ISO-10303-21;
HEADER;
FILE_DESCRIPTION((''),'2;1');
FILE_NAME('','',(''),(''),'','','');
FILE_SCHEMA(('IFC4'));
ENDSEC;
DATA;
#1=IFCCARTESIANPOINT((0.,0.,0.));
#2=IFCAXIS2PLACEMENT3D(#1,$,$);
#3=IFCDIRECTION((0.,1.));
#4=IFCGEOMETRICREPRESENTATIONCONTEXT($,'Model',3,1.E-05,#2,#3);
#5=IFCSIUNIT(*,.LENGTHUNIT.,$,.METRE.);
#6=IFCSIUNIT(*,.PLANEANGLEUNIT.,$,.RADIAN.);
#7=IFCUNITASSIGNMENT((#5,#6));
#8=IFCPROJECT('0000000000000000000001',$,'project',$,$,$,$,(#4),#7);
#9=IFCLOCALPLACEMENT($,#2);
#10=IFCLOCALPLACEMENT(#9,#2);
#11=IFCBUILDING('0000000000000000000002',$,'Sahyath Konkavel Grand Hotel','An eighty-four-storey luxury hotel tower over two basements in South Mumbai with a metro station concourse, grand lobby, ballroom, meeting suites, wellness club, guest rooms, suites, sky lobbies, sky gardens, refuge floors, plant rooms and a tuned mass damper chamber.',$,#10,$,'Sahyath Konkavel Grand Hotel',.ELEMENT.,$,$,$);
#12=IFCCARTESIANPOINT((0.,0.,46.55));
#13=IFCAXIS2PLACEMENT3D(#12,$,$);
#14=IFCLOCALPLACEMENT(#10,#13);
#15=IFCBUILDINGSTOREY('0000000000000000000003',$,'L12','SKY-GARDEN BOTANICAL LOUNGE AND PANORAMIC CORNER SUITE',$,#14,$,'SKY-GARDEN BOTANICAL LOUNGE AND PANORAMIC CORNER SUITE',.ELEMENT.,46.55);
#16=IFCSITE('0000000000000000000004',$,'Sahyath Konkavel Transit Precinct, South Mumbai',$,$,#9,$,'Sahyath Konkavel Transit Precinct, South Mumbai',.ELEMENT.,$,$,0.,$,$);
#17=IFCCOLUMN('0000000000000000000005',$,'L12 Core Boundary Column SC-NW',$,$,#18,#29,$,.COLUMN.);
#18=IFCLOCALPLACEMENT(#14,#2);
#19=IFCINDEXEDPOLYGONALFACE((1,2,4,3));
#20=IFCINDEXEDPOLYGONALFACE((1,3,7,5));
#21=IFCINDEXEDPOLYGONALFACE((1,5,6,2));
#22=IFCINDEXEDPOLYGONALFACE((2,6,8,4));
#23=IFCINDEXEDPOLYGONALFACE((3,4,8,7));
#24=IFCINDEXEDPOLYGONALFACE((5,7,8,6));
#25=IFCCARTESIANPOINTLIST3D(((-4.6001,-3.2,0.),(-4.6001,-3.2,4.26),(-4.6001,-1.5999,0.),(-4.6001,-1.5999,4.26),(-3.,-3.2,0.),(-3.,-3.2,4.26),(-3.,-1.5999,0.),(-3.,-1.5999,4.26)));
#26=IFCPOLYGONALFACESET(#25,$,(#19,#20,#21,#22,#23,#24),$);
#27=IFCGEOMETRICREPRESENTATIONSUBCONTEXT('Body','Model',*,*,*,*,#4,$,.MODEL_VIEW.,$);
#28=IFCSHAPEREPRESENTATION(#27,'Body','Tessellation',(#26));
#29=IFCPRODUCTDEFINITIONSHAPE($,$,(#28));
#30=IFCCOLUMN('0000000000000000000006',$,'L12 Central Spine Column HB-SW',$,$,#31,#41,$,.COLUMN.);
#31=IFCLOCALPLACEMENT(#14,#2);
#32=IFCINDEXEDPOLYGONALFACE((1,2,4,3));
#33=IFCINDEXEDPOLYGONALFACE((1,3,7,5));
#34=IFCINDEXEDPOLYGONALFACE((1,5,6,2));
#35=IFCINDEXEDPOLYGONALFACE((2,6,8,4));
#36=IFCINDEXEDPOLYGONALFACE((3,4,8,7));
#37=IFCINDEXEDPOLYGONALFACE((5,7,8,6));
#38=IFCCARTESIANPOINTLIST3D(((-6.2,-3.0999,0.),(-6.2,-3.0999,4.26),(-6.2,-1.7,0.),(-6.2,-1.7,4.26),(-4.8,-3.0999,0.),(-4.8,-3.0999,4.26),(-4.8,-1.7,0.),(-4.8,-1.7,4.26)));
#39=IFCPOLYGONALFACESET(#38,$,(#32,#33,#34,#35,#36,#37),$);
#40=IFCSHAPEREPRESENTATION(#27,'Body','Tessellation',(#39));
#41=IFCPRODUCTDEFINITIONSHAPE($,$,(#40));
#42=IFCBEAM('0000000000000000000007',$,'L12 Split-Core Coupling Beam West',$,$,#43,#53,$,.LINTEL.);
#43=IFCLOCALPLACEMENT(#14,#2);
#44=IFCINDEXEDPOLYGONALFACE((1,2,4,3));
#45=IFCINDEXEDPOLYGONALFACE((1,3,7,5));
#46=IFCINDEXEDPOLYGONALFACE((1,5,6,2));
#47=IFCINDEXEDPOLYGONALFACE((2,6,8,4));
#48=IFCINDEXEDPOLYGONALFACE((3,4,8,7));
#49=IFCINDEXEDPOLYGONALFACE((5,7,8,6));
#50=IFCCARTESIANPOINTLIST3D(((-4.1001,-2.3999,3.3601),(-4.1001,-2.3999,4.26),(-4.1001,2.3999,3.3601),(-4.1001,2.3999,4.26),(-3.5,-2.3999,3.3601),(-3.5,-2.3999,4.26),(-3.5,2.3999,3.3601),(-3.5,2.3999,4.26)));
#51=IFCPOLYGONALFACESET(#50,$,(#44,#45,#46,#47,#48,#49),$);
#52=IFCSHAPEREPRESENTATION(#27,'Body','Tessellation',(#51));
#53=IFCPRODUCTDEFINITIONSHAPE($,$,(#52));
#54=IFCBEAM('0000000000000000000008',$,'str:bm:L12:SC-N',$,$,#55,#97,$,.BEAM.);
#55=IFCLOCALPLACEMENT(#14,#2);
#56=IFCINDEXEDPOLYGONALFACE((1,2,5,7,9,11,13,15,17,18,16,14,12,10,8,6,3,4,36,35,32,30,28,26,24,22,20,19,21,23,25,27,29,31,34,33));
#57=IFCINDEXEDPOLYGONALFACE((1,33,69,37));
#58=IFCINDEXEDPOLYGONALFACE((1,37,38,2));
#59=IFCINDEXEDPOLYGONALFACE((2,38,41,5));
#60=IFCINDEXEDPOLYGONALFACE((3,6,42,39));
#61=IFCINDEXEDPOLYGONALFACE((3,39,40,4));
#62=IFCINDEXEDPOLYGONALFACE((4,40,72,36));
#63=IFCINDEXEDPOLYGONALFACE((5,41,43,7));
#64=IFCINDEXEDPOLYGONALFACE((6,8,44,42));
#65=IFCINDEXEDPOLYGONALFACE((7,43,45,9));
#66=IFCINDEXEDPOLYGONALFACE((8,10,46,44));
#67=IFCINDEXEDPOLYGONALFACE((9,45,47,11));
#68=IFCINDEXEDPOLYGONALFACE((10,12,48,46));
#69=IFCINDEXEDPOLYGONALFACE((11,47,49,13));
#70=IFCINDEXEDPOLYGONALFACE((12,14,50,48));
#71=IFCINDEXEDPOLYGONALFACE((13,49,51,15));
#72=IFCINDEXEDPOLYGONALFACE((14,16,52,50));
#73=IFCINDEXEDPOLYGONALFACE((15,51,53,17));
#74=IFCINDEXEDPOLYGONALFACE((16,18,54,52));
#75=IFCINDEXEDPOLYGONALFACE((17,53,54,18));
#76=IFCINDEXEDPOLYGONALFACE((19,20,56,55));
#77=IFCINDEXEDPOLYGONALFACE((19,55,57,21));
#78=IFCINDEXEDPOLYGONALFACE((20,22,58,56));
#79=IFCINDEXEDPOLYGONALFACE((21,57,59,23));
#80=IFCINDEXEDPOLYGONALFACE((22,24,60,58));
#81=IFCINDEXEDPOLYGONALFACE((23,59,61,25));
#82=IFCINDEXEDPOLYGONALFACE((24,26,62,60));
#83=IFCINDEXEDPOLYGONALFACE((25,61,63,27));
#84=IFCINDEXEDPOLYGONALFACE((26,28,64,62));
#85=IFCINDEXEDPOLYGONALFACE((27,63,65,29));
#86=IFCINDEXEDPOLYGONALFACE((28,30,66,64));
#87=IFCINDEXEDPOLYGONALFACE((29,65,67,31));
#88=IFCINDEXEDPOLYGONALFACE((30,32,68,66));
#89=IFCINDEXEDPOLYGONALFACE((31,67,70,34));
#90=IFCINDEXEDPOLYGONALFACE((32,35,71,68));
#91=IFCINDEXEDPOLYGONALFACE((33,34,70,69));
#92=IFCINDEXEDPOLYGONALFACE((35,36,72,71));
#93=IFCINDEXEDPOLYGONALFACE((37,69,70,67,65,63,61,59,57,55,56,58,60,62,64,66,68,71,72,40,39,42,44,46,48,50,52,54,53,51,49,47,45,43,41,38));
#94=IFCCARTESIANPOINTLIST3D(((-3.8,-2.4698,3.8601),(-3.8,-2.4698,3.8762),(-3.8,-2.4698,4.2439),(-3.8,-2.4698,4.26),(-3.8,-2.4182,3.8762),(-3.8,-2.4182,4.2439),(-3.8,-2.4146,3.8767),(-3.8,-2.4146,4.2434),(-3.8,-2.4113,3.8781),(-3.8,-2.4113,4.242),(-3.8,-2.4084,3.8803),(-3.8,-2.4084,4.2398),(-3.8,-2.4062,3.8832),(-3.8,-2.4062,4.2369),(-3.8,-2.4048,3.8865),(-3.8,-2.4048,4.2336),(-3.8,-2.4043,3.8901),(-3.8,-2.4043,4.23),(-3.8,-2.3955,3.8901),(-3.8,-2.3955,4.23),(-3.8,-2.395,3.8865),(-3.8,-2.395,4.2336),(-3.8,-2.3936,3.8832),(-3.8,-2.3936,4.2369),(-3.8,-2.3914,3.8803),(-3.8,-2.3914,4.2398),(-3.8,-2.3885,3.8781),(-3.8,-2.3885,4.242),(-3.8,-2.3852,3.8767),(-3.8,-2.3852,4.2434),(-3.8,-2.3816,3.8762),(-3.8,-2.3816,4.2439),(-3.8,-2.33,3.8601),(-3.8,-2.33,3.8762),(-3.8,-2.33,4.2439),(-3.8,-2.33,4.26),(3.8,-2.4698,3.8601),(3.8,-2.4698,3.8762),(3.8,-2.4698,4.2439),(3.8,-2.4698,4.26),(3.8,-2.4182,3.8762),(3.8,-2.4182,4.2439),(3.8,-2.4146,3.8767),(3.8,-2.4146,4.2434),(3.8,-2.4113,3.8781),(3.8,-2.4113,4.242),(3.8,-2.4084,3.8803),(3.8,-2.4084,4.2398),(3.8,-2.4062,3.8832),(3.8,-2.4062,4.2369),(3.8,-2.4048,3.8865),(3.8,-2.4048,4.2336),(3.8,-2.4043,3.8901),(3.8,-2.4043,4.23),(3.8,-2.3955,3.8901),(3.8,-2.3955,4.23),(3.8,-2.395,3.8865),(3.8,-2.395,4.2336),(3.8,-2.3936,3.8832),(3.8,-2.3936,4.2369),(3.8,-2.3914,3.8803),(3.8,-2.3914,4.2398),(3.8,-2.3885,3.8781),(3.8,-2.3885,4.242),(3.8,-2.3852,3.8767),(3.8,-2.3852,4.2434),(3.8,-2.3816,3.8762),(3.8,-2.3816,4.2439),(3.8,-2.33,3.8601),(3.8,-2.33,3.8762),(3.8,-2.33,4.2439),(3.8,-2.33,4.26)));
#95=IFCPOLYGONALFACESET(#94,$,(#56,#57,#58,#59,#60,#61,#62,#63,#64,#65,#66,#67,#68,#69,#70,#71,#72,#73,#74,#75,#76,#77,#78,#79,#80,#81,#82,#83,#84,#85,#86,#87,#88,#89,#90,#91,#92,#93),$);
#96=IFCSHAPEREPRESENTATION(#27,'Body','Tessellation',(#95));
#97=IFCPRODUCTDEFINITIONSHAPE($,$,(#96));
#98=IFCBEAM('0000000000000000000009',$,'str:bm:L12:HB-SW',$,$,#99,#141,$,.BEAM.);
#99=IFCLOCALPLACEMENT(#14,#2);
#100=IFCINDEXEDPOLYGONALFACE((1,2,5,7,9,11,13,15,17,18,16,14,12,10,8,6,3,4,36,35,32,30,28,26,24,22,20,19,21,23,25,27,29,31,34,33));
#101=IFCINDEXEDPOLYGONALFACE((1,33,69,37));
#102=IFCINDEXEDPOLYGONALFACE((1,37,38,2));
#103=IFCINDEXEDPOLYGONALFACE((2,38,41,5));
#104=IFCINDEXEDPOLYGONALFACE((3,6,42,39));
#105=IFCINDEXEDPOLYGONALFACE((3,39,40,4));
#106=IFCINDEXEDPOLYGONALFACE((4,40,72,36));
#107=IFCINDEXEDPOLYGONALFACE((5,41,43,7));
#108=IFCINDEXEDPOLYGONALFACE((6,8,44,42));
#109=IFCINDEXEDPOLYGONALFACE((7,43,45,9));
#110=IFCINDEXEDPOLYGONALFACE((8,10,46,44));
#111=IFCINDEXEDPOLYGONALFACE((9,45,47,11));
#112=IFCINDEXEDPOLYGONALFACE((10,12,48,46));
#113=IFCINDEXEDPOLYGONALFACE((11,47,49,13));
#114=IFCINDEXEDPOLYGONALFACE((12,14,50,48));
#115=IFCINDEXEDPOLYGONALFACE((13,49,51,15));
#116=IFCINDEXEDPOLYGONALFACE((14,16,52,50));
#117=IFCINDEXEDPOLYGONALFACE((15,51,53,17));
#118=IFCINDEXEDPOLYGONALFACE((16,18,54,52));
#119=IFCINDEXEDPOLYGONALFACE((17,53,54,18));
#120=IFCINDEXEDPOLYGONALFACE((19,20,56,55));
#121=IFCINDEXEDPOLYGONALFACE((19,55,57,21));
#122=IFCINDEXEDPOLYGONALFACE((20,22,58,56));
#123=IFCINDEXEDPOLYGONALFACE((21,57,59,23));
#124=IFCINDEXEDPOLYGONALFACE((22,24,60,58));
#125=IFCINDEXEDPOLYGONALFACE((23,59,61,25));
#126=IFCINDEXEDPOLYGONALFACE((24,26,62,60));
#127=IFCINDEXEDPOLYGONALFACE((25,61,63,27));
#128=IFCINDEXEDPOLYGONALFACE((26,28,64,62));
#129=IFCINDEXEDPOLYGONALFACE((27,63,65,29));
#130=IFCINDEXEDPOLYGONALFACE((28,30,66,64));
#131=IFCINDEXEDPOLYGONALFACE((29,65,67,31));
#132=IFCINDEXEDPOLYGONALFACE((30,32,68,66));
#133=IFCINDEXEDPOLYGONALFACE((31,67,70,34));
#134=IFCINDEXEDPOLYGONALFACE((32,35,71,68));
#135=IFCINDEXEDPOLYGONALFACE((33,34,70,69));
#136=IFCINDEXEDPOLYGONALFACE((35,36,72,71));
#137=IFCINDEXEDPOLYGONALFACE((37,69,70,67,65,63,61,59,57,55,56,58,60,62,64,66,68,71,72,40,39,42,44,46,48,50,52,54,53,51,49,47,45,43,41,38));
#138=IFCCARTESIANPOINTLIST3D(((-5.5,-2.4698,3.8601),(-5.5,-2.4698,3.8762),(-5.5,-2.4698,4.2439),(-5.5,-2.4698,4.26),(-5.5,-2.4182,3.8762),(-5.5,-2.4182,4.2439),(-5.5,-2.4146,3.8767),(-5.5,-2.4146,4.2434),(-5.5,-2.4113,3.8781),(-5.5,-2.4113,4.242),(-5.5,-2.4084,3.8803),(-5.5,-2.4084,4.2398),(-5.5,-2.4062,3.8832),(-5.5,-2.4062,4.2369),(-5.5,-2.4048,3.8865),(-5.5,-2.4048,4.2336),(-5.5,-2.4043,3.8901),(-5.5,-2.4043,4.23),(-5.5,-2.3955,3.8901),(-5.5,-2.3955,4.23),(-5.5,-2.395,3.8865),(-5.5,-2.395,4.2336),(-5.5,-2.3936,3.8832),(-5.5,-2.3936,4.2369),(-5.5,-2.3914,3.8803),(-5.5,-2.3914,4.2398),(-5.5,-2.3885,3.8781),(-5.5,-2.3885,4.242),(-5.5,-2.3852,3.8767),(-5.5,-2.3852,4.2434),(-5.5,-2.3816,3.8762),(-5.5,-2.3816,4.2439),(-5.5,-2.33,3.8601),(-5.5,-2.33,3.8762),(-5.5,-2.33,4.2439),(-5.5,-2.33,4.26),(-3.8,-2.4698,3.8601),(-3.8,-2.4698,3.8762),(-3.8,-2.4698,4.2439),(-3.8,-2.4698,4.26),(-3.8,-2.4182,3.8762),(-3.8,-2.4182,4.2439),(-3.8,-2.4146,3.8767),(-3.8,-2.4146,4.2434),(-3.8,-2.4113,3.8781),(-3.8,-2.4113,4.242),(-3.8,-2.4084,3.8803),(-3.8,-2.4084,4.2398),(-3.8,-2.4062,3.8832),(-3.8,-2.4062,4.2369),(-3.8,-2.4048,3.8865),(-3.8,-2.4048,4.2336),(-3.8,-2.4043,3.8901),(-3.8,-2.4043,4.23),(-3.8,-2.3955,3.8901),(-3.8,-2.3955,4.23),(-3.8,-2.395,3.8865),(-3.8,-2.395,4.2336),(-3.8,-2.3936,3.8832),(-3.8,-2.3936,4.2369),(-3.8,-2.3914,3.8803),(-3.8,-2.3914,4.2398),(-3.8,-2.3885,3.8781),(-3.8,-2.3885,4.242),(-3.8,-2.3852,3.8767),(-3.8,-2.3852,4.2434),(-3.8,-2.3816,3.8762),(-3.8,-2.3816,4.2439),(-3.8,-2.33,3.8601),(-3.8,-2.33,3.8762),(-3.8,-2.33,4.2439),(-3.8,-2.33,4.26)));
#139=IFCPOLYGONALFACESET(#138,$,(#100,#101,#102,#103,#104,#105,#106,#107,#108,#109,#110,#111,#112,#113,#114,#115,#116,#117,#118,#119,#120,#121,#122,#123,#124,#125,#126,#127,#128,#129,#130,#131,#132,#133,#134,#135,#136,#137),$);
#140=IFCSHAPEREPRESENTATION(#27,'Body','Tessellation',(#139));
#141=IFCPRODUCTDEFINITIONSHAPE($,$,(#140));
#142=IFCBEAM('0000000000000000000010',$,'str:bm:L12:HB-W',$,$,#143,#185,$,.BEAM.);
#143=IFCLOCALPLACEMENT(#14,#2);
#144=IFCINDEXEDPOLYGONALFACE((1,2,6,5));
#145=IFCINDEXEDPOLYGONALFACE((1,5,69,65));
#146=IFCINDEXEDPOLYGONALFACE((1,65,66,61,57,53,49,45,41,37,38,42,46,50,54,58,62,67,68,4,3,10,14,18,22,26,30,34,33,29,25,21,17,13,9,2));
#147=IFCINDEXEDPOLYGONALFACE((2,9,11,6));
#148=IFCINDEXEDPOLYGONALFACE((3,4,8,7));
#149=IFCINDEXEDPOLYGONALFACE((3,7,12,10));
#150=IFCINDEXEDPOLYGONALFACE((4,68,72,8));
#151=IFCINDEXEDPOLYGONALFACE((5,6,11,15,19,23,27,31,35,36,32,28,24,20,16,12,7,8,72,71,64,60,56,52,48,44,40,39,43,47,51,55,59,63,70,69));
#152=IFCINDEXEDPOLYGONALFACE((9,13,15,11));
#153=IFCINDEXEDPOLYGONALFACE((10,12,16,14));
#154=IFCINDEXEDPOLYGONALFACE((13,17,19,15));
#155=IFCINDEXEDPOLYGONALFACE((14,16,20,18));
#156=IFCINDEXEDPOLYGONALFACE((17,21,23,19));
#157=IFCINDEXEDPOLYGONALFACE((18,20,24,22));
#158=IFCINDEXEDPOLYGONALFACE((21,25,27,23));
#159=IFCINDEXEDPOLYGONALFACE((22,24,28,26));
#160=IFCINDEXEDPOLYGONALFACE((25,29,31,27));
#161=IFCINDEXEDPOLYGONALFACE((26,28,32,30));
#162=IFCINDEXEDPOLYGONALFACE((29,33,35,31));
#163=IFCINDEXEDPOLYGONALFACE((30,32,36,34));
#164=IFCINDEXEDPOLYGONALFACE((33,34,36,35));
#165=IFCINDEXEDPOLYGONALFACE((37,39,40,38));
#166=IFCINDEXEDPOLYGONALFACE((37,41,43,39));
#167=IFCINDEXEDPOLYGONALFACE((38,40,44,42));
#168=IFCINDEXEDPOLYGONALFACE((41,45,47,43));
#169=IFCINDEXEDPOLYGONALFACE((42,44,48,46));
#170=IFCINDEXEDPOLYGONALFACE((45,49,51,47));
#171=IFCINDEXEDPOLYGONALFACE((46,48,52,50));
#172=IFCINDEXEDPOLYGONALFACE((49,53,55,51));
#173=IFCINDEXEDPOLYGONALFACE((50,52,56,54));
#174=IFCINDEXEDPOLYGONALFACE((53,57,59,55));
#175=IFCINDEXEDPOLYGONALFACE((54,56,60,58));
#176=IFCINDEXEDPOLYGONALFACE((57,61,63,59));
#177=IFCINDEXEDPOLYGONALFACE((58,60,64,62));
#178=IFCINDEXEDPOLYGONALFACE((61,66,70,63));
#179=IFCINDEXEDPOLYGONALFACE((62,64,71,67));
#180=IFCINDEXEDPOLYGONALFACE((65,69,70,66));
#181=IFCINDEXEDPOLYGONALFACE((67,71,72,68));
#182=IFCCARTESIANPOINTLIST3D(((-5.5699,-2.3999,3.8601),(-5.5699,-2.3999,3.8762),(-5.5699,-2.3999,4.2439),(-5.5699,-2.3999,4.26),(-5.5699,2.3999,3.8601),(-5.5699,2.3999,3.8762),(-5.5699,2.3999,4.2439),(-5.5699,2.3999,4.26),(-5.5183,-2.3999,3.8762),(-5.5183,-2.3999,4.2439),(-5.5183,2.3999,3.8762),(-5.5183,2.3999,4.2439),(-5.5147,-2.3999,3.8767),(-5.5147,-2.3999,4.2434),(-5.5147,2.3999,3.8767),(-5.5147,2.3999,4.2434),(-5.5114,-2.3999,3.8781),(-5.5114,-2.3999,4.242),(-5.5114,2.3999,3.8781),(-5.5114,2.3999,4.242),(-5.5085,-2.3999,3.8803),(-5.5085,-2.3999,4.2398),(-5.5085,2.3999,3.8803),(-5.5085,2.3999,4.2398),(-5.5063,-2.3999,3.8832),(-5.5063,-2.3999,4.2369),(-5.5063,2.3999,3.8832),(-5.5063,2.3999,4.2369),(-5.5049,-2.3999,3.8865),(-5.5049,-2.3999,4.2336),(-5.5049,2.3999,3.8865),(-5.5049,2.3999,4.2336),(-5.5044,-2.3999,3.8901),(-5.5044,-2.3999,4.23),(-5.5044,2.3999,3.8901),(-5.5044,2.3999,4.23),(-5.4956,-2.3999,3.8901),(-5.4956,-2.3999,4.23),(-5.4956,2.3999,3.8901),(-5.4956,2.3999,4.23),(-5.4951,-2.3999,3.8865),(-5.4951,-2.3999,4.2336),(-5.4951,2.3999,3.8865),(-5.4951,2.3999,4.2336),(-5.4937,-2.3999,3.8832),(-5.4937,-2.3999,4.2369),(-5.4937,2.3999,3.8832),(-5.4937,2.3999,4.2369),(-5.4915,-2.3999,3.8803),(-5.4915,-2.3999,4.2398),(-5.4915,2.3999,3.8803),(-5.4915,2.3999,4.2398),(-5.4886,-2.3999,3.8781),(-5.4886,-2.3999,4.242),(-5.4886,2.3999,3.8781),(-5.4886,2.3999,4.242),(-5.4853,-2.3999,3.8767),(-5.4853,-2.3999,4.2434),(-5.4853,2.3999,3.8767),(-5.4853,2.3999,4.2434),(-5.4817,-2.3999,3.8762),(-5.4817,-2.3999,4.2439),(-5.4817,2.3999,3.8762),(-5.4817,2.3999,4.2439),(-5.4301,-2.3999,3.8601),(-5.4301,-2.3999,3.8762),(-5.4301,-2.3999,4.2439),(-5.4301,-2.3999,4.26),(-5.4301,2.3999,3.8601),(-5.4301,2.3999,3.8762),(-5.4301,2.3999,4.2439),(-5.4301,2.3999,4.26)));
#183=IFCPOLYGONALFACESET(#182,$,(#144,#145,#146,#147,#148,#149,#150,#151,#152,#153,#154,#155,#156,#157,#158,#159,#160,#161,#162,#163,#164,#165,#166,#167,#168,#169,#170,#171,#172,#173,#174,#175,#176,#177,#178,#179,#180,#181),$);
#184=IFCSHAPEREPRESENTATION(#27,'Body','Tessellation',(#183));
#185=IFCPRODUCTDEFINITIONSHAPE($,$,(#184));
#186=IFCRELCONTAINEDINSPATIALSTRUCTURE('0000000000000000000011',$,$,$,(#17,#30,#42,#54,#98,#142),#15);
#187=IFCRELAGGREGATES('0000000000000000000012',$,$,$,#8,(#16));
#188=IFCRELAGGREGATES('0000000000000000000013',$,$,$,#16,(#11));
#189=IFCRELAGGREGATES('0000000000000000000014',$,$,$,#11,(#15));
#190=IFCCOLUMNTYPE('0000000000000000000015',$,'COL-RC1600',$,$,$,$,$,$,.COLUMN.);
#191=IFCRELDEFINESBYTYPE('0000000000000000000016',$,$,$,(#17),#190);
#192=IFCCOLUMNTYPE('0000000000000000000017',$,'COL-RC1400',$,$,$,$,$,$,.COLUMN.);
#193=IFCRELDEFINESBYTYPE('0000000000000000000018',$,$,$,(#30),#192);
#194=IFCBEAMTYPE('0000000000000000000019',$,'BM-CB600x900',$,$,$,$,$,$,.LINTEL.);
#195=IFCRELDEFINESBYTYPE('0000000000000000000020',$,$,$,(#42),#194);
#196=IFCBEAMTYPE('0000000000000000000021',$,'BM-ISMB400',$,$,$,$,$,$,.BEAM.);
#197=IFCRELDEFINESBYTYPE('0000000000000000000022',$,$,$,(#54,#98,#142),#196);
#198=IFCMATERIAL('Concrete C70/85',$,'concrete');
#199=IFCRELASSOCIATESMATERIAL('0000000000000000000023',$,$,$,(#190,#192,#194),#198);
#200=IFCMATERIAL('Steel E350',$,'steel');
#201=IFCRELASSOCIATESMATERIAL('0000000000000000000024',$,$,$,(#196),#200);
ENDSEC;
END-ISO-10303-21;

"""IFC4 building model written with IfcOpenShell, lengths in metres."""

from ifc_helpers import new_model, si_unit, direction, frame, origin, origin_2d, place, context, subcontext, project, spatial, rectangle, i_section, extrude, source, transform, mapped, material, material_profile, profile_set, type_object, element, save


model = new_model("IFC4")

# Units and contexts
model_context = context("Model", 3, precision=1e-05, world=origin(), true_north=direction((0.0, 1.0)))
body_context = subcontext(model_context, "Body", "Model", "MODEL_VIEW")
ifc_project = project(units=[si_unit("LENGTHUNIT", "METRE"), si_unit("PLANEANGLEUNIT", "RADIAN")], contexts=[model_context])

# Site, building, storey
site_placement = place(None, origin())
site = spatial("IfcSite", under=ifc_project, at=site_placement, Name="Sahyath Konkavel Transit Precinct, South Mumbai", LongName="Sahyath Konkavel Transit Precinct, South Mumbai", CompositionType="ELEMENT", RefElevation=0.0)
building_placement = place(site_placement, origin())
building = spatial("IfcBuilding", under=site, at=building_placement, Name="Sahyath Konkavel Grand Hotel", Description="An eighty-four-storey luxury hotel tower over two basements in South Mumbai with a metro station concourse, grand lobby, ballroom, meeting suites, wellness club, guest rooms, suites, sky lobbies, sky gardens, refuge floors, plant rooms and a tuned mass damper chamber.", LongName="Sahyath Konkavel Grand Hotel", CompositionType="ELEMENT")
storey_placement = place(building_placement, frame((0.0, 0.0, 46.55)))
storey = spatial("IfcBuildingStorey", under=building, at=storey_placement, Name="L12", Description="SKY-GARDEN BOTANICAL LOUNGE AND PANORAMIC CORNER SUITE", LongName="SKY-GARDEN BOTANICAL LOUNGE AND PANORAMIC CORNER SUITE", CompositionType="ELEMENT", Elevation=46.55)

# Columns
ifc_material_1 = material(Name="Concrete C70/85", Category="concrete")
ifc_material_profile_1 = material_profile(ifc_material_1, rectangle(XDim=1.6001, YDim=1.6001, at=origin_2d()), Name="RC 1600x1600")
ifc_profile_set_1 = profile_set([ifc_material_profile_1], Name="Concrete C70/85")
column_type_1 = type_object("IfcColumnType", Name="COL-RC1600", PredefinedType="COLUMN", material=ifc_profile_set_1)
shared_shape_1 = source(origin(), body_context, "Body", "SweptSolid", [
    extrude(rectangle(XDim=1.6001, YDim=1.6001, at=origin_2d()), origin(), (0.0, 0.0, 1.0), 4.26),
])
column_1_placement = place(storey_placement, frame((-3.8, -2.3999, 0.0), z_axis=(0.0, 0.0, 1.0), x_axis=(1.0, 0.0, 0.0)))
element("IfcColumn", 1, at=column_1_placement, inside=storey, type_object=column_type_1, Name="L12 Core Boundary Column SC-NW", PredefinedType="COLUMN", context=body_context, shape_type="MappedRepresentation", body=[
    mapped(shared_shape_1, transform((0.0, 0.0, 0.0), scale=1.0)),
])
ifc_material_profile_2 = material_profile(ifc_material_1, rectangle(XDim=1.3999, YDim=1.3999, at=origin_2d()), Name="RC 1400x1400")
ifc_profile_set_2 = profile_set([ifc_material_profile_2], Name="Concrete C70/85")
column_type_2 = type_object("IfcColumnType", Name="COL-RC1400", PredefinedType="COLUMN", material=ifc_profile_set_2)
shared_shape_2 = source(origin(), body_context, "Body", "SweptSolid", [
    extrude(rectangle(XDim=1.3999, YDim=1.3999, at=origin_2d()), origin(), (0.0, 0.0, 1.0), 4.26),
])
column_2_placement = place(storey_placement, frame((-5.5, -2.3999, 0.0), z_axis=(0.0, 0.0, 1.0), x_axis=(1.0, 0.0, 0.0)))
element("IfcColumn", 2, at=column_2_placement, inside=storey, type_object=column_type_2, Name="L12 Central Spine Column HB-SW", PredefinedType="COLUMN", context=body_context, shape_type="MappedRepresentation", body=[
    mapped(shared_shape_2, transform((0.0, 0.0, 0.0), scale=1.0)),
])

# Beams
ifc_material_profile_3 = material_profile(ifc_material_1, rectangle(XDim=0.6001, YDim=0.8999, at=origin_2d()), Name="RC 600x900")
ifc_profile_set_3 = profile_set([ifc_material_profile_3], Name="Concrete C70/85")
beam_type_1 = type_object("IfcBeamType", Name="BM-CB600x900", PredefinedType="LINTEL", material=ifc_profile_set_3)
shared_shape_3 = source(origin(), body_context, "Body", "SweptSolid", [
    extrude(rectangle(XDim=0.6001, YDim=0.8999, at=origin_2d()), origin(), (0.0, 0.0, 1.0), 4.7998),
])
beam_1_placement = place(storey_placement, frame((-3.8, -2.3999, 3.8101), z_axis=(0.0, 1.0, 0.0), x_axis=(-1.0, 0.0, 0.0)))
element("IfcBeam", 3, at=beam_1_placement, inside=storey, type_object=beam_type_1, Name="L12 Split-Core Coupling Beam West", PredefinedType="LINTEL", context=body_context, shape_type="MappedRepresentation", body=[
    mapped(shared_shape_3, transform((0.0, 0.0, 0.0), scale=1.0)),
])
ifc_material_2 = material(Name="Steel E350", Category="steel")
ifc_material_profile_4 = material_profile(ifc_material_2, i_section(OverallWidth=0.1399, OverallDepth=0.3999, WebThickness=0.0088, FlangeThickness=0.0161, FilletRadius=0.0139, at=origin_2d()), Name="ISMB 400")
ifc_profile_set_4 = profile_set([ifc_material_profile_4], Name="Steel E350")
beam_type_2 = type_object("IfcBeamType", Name="BM-ISMB400", PredefinedType="BEAM", material=ifc_profile_set_4)
shared_shape_4 = source(origin(), body_context, "Body", "SweptSolid", [
    extrude(i_section(OverallWidth=0.1399, OverallDepth=0.3999, WebThickness=0.0088, FlangeThickness=0.0161, FilletRadius=0.0139, at=origin_2d()), origin(), (0.0, 0.0, 1.0), 7.6001),
])
beam_2_placement = place(storey_placement, frame((-3.8, -2.3999, 4.0601), z_axis=(1.0, 0.0, 0.0), x_axis=(0.0, 1.0, 0.0)))
element("IfcBeam", 4, at=beam_2_placement, inside=storey, type_object=beam_type_2, Name="str:bm:L12:SC-N", PredefinedType="BEAM", context=body_context, shape_type="MappedRepresentation", body=[
    mapped(shared_shape_4, transform((0.0, 0.0, 0.0), scale=1.0)),
])
shared_shape_5 = source(origin(), body_context, "Body", "SweptSolid", [
    extrude(i_section(OverallWidth=0.1399, OverallDepth=0.3999, WebThickness=0.0088, FlangeThickness=0.0161, FilletRadius=0.0139, at=origin_2d()), origin(), (0.0, 0.0, 1.0), 1.7),
])
beam_3_placement = place(storey_placement, frame((-5.5, -2.3999, 4.0601), z_axis=(1.0, 0.0, 0.0), x_axis=(0.0, 1.0, 0.0)))
element("IfcBeam", 5, at=beam_3_placement, inside=storey, type_object=beam_type_2, Name="str:bm:L12:HB-SW", PredefinedType="BEAM", context=body_context, shape_type="MappedRepresentation", body=[
    mapped(shared_shape_5, transform((0.0, 0.0, 0.0), scale=1.0)),
])
shared_shape_6 = source(origin(), body_context, "Body", "SweptSolid", [
    extrude(i_section(OverallWidth=0.1399, OverallDepth=0.3999, WebThickness=0.0088, FlangeThickness=0.0161, FilletRadius=0.0139, at=origin_2d()), origin(), (0.0, 0.0, 1.0), 4.7998),
])
beam_4_placement = place(storey_placement, frame((-5.5, -2.3999, 4.0601), z_axis=(0.0, 1.0, 0.0), x_axis=(-1.0, 0.0, 0.0)))
element("IfcBeam", 6, at=beam_4_placement, inside=storey, type_object=beam_type_2, Name="str:bm:L12:HB-W", PredefinedType="BEAM", context=body_context, shape_type="MappedRepresentation", body=[
    mapped(shared_shape_6, transform((0.0, 0.0, 0.0), scale=1.0)),
])

save(model, "model.ifc")
